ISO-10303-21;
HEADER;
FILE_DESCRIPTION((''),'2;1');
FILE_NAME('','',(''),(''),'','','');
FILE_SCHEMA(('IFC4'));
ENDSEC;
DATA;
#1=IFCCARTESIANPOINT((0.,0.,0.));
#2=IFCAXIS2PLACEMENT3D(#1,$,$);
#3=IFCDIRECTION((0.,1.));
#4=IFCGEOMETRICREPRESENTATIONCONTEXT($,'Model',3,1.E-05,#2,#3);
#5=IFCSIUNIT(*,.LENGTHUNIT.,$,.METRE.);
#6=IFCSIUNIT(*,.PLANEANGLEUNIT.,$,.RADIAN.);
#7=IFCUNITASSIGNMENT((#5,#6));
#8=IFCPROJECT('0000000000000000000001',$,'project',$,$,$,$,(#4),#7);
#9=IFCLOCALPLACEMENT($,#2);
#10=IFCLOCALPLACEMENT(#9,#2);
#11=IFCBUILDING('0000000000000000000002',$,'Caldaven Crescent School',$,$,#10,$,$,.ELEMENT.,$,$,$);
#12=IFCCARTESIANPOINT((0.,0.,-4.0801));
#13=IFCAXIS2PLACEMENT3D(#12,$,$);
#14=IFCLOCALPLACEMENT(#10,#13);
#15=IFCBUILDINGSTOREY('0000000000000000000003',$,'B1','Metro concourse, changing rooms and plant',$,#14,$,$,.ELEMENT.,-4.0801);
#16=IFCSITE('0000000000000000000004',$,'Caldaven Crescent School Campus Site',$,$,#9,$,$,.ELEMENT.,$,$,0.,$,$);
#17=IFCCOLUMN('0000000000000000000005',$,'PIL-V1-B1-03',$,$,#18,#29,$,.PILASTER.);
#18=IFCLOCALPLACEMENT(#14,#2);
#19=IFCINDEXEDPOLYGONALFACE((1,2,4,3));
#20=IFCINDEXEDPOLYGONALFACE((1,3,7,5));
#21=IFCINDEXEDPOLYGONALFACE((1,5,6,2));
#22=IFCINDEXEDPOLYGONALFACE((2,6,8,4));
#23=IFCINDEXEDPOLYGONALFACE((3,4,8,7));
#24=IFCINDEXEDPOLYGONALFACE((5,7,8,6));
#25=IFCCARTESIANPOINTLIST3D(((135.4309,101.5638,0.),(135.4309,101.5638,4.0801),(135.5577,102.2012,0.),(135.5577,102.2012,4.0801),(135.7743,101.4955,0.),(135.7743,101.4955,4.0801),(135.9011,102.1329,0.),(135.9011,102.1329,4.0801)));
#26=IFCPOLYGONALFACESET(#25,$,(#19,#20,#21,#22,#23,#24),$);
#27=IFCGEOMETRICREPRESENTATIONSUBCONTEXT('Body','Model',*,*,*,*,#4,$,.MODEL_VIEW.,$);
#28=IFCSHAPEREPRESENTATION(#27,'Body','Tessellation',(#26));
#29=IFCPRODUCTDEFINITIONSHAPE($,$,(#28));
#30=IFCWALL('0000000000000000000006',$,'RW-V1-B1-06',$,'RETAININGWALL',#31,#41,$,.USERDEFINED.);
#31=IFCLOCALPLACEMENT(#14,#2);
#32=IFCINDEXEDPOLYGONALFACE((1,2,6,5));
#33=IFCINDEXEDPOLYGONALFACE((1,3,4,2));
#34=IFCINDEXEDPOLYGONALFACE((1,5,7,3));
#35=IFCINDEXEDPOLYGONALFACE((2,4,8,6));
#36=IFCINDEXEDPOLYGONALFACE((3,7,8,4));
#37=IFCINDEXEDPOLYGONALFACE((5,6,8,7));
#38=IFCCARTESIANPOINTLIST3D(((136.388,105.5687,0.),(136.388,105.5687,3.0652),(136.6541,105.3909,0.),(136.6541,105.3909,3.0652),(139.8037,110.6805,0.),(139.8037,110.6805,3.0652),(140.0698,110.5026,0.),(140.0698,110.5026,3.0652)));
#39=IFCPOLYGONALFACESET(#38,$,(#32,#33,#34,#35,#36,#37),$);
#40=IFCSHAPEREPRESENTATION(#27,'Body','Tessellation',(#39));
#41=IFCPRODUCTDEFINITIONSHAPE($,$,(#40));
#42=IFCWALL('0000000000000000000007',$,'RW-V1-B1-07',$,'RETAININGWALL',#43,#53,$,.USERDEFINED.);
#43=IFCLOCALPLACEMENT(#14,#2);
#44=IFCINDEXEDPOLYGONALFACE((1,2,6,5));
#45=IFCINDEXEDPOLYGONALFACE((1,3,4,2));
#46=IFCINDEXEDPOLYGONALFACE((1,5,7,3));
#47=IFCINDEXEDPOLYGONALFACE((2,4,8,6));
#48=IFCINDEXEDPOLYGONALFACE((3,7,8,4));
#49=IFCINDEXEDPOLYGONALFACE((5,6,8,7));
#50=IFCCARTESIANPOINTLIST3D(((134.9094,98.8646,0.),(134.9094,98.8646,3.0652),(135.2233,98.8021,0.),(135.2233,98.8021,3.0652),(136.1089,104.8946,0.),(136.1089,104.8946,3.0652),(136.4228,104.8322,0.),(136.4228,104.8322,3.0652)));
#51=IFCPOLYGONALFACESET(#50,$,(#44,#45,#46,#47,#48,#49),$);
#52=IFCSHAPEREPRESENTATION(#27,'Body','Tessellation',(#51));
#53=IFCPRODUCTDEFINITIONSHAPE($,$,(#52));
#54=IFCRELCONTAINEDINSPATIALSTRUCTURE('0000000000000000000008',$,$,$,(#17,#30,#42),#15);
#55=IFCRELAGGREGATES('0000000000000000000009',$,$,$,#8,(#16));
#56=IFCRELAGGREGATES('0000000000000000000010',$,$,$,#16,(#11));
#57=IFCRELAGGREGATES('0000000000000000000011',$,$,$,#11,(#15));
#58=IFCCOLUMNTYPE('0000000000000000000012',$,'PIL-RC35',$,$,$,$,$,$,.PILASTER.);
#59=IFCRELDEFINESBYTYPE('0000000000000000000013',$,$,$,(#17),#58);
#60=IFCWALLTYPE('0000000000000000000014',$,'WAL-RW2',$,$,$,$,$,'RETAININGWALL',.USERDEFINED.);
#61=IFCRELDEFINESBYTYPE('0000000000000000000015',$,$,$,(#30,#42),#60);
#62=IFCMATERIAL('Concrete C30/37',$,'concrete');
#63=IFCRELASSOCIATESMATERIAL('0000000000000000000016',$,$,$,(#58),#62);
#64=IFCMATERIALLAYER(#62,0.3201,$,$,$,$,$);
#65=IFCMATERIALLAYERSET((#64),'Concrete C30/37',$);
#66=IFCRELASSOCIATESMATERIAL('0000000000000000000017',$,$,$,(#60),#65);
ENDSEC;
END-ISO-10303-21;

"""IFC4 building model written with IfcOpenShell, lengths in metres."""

from ifc_helpers import new_model, si_unit, direction, frame, frame_2d, origin, origin_2d, place, context, subcontext, project, spatial, rectangle, extrude, material, layer, layer_set, material_profile, profile_set, type_object, element, save


model = new_model("IFC4")

# Units and contexts
model_context = context("Model", 3, precision=1e-05, world=origin(), true_north=direction((0.0, 1.0)))
body_context = subcontext(model_context, "Body", "Model", "MODEL_VIEW")
ifc_project = project(units=[si_unit("LENGTHUNIT", "METRE"), si_unit("PLANEANGLEUNIT", "RADIAN")], contexts=[model_context])

# Site, building, storey
site_placement = place(None, origin())
site = spatial("IfcSite", under=ifc_project, at=site_placement, Name="Caldaven Crescent School Campus Site", CompositionType="ELEMENT", RefElevation=0.0)
building_placement = place(site_placement, origin())
building = spatial("IfcBuilding", under=site, at=building_placement, Name="Caldaven Crescent School", CompositionType="ELEMENT")
storey_placement = place(building_placement, frame((0.0, 0.0, -4.0801)))
storey = spatial("IfcBuildingStorey", under=building, at=storey_placement, Name="B1", Description="Metro concourse, changing rooms and plant", CompositionType="ELEMENT", Elevation=-4.0801)

# Shared definitions
ifc_material_1 = material(Name="Concrete C30/37", Category="concrete")

# Column
ifc_material_profile_1 = material_profile(ifc_material_1, rectangle(XDim=0.3501, YDim=0.6499, at=origin_2d()), Name="RC 350x650")
ifc_profile_set_1 = profile_set([ifc_material_profile_1], Name="Concrete C30/37")
column_type_1 = type_object("IfcColumnType", Name="PIL-RC35", PredefinedType="PILASTER", material=ifc_profile_set_1)
for number, where, z_axis, x_axis, name in (
    (1, (135.666, 101.8484, 0.0), (0.0, 0.0, 1.0), (-0.980785, 0.19509, 0.0), "PIL-V1-B1-03"),
):
    element("IfcColumn", number, at=place(storey_placement, frame(where, z_axis=z_axis, x_axis=x_axis)), inside=storey, type_object=column_type_1, Name=name, PredefinedType="PILASTER", context=body_context, shape_type="SweptSolid", body=[
        extrude(rectangle(XDim=0.3501, YDim=0.6499, at=origin_2d()), origin(), (0.0, 0.0, 1.0), 4.0801),
    ])

# Walls
ifc_layer = layer(ifc_material_1, 0.3201)
ifc_layer_set = layer_set([ifc_layer], Name="Concrete C30/37")
wall_type = type_object("IfcWallType", Name="WAL-RW2", ElementType="RETAININGWALL", PredefinedType="USERDEFINED", material=ifc_layer_set)
wall_1_placement = place(storey_placement, frame((139.9368, 110.5916, 0.0), z_axis=(0.0, 0.0, 1.0), x_axis=(-0.555589, -0.831457, 0.0)))
element("IfcWall", 2, at=wall_1_placement, inside=storey, type_object=wall_type, Name="RW-V1-B1-06", ObjectType="RETAININGWALL", PredefinedType="USERDEFINED", context=body_context, shape_type="SweptSolid", body=[
    extrude(rectangle(XDim=6.1479, YDim=0.3201, at=frame_2d((3.074, 0.0))), origin(), (0.0, 0.0, 1.0), 3.0652),
])
wall_2_placement = place(storey_placement, frame((136.2659, 104.8635, 0.0), z_axis=(0.0, 0.0, 1.0), x_axis=(-0.195093, -0.980785, 0.0)))
element("IfcWall", 3, at=wall_2_placement, inside=storey, type_object=wall_type, Name="RW-V1-B1-07", ObjectType="RETAININGWALL", PredefinedType="USERDEFINED", context=body_context, shape_type="SweptSolid", body=[
    extrude(rectangle(XDim=6.1482, YDim=0.3201, at=frame_2d((3.0742, 0.0))), origin(), (0.0, 0.0, 1.0), 3.0652),
])

save(model, "model.ifc")
